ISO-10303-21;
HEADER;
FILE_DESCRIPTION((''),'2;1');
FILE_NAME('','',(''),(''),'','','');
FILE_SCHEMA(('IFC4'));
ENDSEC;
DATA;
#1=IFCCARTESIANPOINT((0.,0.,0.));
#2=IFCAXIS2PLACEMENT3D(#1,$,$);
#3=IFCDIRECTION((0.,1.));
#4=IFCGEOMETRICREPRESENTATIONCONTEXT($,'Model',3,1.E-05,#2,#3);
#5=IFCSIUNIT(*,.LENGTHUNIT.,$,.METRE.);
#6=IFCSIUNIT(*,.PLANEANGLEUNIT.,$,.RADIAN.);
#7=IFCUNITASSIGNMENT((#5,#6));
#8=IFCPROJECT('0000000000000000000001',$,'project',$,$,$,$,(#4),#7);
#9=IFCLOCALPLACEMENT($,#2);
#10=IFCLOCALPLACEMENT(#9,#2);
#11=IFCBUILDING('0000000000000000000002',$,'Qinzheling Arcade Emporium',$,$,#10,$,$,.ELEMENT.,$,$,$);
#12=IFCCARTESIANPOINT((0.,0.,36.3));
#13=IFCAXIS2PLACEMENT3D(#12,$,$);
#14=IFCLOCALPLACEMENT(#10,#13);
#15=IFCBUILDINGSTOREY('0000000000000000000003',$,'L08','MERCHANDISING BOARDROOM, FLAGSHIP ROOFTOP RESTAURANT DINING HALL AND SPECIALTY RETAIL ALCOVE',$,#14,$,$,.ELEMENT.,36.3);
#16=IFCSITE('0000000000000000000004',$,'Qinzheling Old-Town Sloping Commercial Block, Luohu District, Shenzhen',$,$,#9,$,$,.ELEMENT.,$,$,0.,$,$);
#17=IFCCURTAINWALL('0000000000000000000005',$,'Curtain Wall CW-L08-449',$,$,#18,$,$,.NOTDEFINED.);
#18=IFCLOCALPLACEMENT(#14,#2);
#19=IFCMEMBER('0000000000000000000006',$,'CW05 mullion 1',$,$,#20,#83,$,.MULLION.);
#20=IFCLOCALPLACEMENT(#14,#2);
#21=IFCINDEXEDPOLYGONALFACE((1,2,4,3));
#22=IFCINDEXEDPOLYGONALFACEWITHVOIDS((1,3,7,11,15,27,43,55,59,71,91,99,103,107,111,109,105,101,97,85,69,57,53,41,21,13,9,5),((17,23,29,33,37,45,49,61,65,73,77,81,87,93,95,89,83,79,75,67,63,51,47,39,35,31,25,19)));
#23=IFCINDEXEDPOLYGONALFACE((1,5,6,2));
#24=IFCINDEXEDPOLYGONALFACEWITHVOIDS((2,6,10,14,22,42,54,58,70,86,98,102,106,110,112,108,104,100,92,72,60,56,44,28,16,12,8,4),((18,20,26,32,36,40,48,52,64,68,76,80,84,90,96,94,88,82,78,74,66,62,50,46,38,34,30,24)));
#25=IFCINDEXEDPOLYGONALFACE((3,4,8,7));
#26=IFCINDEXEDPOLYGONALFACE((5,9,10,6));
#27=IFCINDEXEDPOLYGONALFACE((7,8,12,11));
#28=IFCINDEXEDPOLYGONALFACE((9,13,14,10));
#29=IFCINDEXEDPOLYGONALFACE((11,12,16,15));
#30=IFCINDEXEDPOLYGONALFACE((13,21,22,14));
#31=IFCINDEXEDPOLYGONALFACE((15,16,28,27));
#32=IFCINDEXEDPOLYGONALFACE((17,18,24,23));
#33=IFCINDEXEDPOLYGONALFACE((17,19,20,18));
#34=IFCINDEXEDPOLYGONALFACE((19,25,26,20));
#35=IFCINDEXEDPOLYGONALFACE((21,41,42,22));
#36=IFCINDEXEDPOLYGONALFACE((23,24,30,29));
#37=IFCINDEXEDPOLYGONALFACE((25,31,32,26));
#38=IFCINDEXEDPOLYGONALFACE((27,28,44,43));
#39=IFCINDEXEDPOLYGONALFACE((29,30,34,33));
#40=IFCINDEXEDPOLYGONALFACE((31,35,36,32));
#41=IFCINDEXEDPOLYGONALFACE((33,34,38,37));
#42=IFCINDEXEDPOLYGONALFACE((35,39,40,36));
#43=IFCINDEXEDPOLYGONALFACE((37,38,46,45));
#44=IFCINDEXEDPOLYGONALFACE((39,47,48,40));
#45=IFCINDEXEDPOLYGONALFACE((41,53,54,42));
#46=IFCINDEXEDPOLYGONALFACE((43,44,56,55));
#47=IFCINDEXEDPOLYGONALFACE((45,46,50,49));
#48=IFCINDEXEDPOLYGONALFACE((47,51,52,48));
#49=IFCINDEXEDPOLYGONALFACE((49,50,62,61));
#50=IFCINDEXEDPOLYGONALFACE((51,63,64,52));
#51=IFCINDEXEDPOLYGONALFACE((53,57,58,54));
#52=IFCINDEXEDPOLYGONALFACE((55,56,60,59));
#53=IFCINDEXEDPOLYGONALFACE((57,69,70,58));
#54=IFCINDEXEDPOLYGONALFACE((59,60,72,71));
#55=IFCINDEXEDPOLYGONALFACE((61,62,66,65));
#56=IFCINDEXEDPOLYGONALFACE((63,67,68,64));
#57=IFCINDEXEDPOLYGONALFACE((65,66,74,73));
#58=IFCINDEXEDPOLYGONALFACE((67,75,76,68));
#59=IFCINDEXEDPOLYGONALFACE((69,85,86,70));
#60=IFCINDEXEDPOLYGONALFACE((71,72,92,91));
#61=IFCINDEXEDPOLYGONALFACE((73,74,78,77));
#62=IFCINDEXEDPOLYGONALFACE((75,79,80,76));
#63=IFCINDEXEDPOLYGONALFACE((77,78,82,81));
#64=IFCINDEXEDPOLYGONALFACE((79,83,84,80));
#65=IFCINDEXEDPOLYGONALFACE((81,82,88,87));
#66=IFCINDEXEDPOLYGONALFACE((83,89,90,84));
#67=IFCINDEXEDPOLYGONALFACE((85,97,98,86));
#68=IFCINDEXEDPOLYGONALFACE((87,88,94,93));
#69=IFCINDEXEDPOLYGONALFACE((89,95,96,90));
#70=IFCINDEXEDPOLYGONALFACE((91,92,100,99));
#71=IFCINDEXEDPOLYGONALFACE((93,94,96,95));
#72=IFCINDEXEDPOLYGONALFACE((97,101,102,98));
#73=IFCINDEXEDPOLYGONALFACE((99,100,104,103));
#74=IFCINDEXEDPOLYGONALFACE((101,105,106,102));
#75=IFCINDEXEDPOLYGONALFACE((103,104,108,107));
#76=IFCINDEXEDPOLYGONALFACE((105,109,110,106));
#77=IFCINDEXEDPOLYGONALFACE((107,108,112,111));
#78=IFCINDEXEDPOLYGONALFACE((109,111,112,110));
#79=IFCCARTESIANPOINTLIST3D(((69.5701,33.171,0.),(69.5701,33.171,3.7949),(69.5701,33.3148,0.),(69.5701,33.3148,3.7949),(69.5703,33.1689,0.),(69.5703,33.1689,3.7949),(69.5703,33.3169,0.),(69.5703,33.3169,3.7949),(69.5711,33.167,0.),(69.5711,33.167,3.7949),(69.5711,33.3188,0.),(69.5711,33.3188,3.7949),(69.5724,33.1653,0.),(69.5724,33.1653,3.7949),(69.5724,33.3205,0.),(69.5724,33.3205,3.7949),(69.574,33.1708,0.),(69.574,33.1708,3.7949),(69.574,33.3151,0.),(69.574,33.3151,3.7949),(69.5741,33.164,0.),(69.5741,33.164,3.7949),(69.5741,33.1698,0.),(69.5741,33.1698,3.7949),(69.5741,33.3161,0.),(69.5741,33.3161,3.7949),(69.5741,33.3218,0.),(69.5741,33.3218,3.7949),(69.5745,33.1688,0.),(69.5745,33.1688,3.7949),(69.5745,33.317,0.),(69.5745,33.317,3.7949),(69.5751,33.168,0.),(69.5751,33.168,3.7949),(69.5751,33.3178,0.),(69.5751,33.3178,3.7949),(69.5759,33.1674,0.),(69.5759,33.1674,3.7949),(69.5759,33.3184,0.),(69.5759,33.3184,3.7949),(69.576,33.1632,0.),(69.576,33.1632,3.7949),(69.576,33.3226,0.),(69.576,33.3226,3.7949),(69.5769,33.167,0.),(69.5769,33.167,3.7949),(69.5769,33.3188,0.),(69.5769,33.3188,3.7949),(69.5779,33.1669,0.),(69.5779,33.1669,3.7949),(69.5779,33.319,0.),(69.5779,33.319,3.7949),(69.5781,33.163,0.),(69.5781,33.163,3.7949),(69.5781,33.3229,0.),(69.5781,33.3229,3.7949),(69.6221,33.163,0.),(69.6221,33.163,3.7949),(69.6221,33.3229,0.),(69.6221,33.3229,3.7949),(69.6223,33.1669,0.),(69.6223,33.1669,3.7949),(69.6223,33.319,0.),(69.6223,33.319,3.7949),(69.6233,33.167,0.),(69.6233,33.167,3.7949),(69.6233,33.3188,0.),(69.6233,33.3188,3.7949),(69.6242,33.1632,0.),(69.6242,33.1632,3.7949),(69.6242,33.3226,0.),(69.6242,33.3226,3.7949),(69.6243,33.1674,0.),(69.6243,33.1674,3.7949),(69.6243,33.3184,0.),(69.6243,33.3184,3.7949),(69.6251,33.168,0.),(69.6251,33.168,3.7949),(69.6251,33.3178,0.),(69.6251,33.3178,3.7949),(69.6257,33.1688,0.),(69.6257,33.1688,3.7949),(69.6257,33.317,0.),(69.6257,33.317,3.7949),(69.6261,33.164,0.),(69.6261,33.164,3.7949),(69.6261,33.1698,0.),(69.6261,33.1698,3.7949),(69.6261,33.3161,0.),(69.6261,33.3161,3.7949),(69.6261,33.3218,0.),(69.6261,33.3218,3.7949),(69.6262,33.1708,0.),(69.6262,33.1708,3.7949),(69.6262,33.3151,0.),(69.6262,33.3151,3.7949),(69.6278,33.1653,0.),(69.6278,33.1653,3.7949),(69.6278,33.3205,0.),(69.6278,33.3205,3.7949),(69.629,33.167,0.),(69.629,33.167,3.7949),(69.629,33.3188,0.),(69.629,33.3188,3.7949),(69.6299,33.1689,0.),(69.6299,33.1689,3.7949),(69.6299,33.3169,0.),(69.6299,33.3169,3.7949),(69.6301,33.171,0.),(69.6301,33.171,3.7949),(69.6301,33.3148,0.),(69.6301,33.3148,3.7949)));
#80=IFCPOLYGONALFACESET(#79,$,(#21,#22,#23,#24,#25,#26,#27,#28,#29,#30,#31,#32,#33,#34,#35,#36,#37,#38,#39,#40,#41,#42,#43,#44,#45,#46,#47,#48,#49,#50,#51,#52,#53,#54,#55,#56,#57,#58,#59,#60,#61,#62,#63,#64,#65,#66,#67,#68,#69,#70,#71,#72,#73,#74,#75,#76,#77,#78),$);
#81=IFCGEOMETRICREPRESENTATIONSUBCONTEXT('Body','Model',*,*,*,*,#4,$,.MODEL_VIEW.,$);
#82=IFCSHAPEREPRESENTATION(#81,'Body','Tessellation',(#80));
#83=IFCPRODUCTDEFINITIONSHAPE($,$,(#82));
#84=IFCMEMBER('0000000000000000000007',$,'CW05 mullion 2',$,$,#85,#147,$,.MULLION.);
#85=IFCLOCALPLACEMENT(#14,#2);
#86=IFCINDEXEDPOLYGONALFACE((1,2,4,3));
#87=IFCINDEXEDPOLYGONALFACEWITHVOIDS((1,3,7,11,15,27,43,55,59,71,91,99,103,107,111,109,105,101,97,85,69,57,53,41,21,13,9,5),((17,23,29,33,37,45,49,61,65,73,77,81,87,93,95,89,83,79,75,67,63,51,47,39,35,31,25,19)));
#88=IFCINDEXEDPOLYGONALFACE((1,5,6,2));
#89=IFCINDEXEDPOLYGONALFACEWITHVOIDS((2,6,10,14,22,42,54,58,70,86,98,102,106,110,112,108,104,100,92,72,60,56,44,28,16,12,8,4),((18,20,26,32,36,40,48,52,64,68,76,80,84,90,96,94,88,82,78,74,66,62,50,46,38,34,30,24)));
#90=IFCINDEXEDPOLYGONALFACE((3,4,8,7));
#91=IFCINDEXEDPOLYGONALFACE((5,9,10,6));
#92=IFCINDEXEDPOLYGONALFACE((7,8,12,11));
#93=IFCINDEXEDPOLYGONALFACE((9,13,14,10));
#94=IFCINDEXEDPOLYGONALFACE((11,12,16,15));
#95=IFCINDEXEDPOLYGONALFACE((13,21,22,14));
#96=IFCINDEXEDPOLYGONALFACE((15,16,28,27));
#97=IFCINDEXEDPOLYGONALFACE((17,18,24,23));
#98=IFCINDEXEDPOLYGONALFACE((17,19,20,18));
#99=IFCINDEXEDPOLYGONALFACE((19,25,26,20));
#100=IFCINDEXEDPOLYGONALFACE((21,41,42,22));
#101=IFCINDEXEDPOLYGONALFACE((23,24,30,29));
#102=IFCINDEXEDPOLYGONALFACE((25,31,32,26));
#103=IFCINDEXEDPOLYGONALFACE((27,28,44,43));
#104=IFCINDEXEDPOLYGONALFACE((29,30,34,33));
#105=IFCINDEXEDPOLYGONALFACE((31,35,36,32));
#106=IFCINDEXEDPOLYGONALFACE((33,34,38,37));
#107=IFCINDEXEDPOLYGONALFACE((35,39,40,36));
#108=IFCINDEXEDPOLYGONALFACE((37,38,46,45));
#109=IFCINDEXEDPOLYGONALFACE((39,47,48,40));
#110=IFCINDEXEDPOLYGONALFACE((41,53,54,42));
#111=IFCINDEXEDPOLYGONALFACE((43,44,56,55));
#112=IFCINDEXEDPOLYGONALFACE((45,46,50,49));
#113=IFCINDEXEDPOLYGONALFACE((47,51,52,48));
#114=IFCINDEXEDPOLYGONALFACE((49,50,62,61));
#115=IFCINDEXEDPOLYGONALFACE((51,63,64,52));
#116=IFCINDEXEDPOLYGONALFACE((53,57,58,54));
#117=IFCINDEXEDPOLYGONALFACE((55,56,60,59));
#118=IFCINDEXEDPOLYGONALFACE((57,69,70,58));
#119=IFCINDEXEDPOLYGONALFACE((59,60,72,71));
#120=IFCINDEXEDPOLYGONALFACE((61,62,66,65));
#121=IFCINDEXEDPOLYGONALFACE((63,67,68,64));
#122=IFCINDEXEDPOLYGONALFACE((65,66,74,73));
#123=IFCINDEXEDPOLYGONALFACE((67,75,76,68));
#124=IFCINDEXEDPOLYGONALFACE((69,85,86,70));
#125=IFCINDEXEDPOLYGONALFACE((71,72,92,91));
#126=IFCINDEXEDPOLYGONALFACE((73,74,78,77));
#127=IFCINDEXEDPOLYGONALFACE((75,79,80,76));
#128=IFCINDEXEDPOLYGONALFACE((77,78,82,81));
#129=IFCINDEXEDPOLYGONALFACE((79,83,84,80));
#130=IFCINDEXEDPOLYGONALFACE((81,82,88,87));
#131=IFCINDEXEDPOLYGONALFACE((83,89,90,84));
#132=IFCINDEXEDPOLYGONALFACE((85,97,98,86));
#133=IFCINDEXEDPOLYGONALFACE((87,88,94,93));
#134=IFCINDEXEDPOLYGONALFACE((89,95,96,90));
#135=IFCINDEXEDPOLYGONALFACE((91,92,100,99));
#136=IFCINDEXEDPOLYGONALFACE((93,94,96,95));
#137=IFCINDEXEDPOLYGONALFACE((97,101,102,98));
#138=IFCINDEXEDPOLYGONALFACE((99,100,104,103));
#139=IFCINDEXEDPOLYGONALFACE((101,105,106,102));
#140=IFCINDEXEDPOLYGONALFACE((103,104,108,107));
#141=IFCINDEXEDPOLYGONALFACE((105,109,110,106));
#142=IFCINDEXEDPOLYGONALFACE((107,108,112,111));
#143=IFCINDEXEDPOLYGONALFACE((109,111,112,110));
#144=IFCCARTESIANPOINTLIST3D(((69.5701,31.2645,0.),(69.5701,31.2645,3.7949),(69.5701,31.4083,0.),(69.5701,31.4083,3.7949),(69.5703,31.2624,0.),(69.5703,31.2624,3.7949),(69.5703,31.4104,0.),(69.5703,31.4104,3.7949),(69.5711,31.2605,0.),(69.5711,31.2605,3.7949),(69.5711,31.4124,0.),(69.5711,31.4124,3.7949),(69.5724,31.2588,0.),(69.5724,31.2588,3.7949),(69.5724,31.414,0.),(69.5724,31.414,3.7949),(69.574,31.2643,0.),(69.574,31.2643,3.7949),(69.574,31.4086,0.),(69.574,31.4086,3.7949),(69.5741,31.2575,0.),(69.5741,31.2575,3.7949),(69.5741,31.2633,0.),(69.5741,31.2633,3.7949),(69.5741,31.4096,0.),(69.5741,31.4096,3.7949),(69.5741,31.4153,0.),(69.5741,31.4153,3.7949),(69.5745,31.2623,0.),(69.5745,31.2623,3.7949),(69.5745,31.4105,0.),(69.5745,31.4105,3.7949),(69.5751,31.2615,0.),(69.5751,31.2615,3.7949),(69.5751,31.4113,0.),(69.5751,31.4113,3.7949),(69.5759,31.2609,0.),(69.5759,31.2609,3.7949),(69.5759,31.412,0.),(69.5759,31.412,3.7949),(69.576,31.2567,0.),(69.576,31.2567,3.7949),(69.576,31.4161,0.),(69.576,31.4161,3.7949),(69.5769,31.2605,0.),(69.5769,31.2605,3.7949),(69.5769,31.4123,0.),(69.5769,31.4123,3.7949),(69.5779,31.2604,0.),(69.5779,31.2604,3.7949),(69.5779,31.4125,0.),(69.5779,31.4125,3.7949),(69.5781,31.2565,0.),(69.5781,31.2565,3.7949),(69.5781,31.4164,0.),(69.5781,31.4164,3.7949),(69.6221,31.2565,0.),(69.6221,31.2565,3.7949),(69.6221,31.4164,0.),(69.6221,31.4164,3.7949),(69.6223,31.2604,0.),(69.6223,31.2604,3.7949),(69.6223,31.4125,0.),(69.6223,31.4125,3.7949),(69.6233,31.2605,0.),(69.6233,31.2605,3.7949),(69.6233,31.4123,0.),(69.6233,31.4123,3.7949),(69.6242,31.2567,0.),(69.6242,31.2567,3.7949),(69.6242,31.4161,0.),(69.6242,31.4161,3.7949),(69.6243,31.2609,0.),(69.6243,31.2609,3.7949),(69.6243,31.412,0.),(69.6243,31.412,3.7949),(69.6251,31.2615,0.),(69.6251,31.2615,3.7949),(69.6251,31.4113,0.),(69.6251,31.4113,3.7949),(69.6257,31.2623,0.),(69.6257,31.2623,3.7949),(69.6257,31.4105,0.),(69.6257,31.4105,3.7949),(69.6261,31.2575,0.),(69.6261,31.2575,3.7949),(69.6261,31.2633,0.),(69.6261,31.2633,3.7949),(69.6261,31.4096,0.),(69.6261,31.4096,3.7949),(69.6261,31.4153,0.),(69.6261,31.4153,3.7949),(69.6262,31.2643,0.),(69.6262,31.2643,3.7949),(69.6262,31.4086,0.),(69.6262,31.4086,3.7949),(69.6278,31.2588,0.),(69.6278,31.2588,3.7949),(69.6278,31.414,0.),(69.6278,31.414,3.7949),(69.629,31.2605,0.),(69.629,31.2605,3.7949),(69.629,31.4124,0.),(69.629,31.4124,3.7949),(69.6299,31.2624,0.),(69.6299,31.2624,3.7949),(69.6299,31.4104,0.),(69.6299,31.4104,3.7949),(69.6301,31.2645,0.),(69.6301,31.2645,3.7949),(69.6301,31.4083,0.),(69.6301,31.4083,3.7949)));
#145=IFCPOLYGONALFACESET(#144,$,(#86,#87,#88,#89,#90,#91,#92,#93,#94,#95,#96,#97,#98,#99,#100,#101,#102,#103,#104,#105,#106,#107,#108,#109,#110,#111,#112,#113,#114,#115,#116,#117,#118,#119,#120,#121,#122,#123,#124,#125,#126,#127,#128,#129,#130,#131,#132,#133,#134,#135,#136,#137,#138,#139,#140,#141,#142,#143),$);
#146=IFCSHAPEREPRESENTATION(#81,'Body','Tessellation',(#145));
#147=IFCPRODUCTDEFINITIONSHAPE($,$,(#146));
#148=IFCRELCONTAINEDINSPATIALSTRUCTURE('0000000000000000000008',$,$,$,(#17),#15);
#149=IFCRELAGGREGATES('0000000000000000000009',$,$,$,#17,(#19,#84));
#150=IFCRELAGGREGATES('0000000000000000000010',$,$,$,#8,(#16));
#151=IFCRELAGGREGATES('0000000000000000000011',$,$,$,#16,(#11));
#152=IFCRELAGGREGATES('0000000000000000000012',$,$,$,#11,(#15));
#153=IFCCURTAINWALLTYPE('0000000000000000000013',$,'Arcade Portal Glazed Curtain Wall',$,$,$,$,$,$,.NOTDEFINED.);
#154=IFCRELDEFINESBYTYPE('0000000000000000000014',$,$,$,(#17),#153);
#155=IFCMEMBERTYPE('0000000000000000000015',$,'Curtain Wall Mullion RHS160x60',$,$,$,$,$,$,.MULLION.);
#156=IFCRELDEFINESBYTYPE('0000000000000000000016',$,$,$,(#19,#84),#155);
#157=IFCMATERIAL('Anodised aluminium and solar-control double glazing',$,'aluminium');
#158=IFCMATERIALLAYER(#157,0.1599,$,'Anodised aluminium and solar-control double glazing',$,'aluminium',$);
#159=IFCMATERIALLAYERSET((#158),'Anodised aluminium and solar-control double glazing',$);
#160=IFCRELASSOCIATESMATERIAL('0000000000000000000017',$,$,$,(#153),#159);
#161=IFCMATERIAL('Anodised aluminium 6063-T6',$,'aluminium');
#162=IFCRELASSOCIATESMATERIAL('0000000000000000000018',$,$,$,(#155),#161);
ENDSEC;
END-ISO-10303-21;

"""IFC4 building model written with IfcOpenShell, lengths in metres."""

from ifc_helpers import new_model, si_unit, direction, frame, origin, origin_2d, place, context, subcontext, project, spatial, hollow_rectangle, extrude, material, layer, layer_set, material_profile, profile_set, type_object, element, aggregate, save


model = new_model("IFC4")

# Units and contexts
model_context = context("Model", 3, precision=1e-05, world=origin(), true_north=direction((0.0, 1.0)))
body_context = subcontext(model_context, "Body", "Model", "MODEL_VIEW")
ifc_project = project(units=[si_unit("LENGTHUNIT", "METRE"), si_unit("PLANEANGLEUNIT", "RADIAN")], contexts=[model_context])

# Site, building, storey
site_placement = place(None, origin())
site = spatial("IfcSite", under=ifc_project, at=site_placement, Name="Qinzheling Old-Town Sloping Commercial Block, Luohu District, Shenzhen", CompositionType="ELEMENT", RefElevation=0.0)
building_placement = place(site_placement, origin())
building = spatial("IfcBuilding", under=site, at=building_placement, Name="Qinzheling Arcade Emporium", CompositionType="ELEMENT")
storey_placement = place(building_placement, frame((0.0, 0.0, 36.3)))
storey = spatial("IfcBuildingStorey", under=building, at=storey_placement, Name="L08", Description="MERCHANDISING BOARDROOM, FLAGSHIP ROOFTOP RESTAURANT DINING HALL AND SPECIALTY RETAIL ALCOVE", CompositionType="ELEMENT", Elevation=36.3)

# Curtain wall, members
ifc_material_1 = material(Name="Anodised aluminium and solar-control double glazing", Category="aluminium")
ifc_layer_1 = layer(ifc_material_1, 0.1599, Name="Anodised aluminium and solar-control double glazing", Category="aluminium")
ifc_layer_set_1 = layer_set([ifc_layer_1], Name="Anodised aluminium and solar-control double glazing")
curtain_wall_type = type_object("IfcCurtainWallType", Name="Arcade Portal Glazed Curtain Wall", PredefinedType="NOTDEFINED", material=ifc_layer_set_1)
ifc_material_2 = material(Name="Anodised aluminium 6063-T6", Category="aluminium")
ifc_material_profile_1 = material_profile(ifc_material_2, hollow_rectangle(XDim=0.0601, YDim=0.1599, WallThickness=0.0039, InnerFilletRadius=0.0039, OuterFilletRadius=0.0081, at=origin_2d()), Name="RHS 160x60x4", Category="aluminium")
ifc_profile_set_1 = profile_set([ifc_material_profile_1], Name="Anodised aluminium 6063-T6")
member_type_1 = type_object("IfcMemberType", Name="Curtain Wall Mullion RHS160x60", PredefinedType="MULLION", material=ifc_profile_set_1)
curtain_wall_1_placement = place(storey_placement, origin())
curtain_wall_1 = element("IfcCurtainWall", 1, at=curtain_wall_1_placement, inside=storey, type_object=curtain_wall_type, Name="Curtain Wall CW-L08-449", PredefinedType="NOTDEFINED")
member_1_placement = place(storey_placement, frame((69.6001, 33.2429, 0.0), z_axis=(0.0, 0.0, 1.0), x_axis=(1.0, 0.0, 0.0)))
member_1 = element("IfcMember", 2, at=member_1_placement, type_object=member_type_1, Name="CW05 mullion 1", PredefinedType="MULLION", context=body_context, shape_type="SweptSolid", body=[
    extrude(hollow_rectangle(XDim=0.0601, YDim=0.1599, WallThickness=0.0039, InnerFilletRadius=0.0039, OuterFilletRadius=0.0081, at=origin_2d()), origin(), (0.0, 0.0, 1.0), 3.7949),
])
member_2_placement = place(storey_placement, frame((69.6001, 31.3364, 0.0), z_axis=(0.0, 0.0, 1.0), x_axis=(1.0, 0.0, 0.0)))
member_2 = element("IfcMember", 3, at=member_2_placement, type_object=member_type_1, Name="CW05 mullion 2", PredefinedType="MULLION", context=body_context, shape_type="SweptSolid", body=[
    extrude(hollow_rectangle(XDim=0.0601, YDim=0.1599, WallThickness=0.0039, InnerFilletRadius=0.0039, OuterFilletRadius=0.0081, at=origin_2d()), origin(), (0.0, 0.0, 1.0), 3.7949),
])

aggregate(curtain_wall_1, [member_1, member_2])

save(model, "model.ifc")
